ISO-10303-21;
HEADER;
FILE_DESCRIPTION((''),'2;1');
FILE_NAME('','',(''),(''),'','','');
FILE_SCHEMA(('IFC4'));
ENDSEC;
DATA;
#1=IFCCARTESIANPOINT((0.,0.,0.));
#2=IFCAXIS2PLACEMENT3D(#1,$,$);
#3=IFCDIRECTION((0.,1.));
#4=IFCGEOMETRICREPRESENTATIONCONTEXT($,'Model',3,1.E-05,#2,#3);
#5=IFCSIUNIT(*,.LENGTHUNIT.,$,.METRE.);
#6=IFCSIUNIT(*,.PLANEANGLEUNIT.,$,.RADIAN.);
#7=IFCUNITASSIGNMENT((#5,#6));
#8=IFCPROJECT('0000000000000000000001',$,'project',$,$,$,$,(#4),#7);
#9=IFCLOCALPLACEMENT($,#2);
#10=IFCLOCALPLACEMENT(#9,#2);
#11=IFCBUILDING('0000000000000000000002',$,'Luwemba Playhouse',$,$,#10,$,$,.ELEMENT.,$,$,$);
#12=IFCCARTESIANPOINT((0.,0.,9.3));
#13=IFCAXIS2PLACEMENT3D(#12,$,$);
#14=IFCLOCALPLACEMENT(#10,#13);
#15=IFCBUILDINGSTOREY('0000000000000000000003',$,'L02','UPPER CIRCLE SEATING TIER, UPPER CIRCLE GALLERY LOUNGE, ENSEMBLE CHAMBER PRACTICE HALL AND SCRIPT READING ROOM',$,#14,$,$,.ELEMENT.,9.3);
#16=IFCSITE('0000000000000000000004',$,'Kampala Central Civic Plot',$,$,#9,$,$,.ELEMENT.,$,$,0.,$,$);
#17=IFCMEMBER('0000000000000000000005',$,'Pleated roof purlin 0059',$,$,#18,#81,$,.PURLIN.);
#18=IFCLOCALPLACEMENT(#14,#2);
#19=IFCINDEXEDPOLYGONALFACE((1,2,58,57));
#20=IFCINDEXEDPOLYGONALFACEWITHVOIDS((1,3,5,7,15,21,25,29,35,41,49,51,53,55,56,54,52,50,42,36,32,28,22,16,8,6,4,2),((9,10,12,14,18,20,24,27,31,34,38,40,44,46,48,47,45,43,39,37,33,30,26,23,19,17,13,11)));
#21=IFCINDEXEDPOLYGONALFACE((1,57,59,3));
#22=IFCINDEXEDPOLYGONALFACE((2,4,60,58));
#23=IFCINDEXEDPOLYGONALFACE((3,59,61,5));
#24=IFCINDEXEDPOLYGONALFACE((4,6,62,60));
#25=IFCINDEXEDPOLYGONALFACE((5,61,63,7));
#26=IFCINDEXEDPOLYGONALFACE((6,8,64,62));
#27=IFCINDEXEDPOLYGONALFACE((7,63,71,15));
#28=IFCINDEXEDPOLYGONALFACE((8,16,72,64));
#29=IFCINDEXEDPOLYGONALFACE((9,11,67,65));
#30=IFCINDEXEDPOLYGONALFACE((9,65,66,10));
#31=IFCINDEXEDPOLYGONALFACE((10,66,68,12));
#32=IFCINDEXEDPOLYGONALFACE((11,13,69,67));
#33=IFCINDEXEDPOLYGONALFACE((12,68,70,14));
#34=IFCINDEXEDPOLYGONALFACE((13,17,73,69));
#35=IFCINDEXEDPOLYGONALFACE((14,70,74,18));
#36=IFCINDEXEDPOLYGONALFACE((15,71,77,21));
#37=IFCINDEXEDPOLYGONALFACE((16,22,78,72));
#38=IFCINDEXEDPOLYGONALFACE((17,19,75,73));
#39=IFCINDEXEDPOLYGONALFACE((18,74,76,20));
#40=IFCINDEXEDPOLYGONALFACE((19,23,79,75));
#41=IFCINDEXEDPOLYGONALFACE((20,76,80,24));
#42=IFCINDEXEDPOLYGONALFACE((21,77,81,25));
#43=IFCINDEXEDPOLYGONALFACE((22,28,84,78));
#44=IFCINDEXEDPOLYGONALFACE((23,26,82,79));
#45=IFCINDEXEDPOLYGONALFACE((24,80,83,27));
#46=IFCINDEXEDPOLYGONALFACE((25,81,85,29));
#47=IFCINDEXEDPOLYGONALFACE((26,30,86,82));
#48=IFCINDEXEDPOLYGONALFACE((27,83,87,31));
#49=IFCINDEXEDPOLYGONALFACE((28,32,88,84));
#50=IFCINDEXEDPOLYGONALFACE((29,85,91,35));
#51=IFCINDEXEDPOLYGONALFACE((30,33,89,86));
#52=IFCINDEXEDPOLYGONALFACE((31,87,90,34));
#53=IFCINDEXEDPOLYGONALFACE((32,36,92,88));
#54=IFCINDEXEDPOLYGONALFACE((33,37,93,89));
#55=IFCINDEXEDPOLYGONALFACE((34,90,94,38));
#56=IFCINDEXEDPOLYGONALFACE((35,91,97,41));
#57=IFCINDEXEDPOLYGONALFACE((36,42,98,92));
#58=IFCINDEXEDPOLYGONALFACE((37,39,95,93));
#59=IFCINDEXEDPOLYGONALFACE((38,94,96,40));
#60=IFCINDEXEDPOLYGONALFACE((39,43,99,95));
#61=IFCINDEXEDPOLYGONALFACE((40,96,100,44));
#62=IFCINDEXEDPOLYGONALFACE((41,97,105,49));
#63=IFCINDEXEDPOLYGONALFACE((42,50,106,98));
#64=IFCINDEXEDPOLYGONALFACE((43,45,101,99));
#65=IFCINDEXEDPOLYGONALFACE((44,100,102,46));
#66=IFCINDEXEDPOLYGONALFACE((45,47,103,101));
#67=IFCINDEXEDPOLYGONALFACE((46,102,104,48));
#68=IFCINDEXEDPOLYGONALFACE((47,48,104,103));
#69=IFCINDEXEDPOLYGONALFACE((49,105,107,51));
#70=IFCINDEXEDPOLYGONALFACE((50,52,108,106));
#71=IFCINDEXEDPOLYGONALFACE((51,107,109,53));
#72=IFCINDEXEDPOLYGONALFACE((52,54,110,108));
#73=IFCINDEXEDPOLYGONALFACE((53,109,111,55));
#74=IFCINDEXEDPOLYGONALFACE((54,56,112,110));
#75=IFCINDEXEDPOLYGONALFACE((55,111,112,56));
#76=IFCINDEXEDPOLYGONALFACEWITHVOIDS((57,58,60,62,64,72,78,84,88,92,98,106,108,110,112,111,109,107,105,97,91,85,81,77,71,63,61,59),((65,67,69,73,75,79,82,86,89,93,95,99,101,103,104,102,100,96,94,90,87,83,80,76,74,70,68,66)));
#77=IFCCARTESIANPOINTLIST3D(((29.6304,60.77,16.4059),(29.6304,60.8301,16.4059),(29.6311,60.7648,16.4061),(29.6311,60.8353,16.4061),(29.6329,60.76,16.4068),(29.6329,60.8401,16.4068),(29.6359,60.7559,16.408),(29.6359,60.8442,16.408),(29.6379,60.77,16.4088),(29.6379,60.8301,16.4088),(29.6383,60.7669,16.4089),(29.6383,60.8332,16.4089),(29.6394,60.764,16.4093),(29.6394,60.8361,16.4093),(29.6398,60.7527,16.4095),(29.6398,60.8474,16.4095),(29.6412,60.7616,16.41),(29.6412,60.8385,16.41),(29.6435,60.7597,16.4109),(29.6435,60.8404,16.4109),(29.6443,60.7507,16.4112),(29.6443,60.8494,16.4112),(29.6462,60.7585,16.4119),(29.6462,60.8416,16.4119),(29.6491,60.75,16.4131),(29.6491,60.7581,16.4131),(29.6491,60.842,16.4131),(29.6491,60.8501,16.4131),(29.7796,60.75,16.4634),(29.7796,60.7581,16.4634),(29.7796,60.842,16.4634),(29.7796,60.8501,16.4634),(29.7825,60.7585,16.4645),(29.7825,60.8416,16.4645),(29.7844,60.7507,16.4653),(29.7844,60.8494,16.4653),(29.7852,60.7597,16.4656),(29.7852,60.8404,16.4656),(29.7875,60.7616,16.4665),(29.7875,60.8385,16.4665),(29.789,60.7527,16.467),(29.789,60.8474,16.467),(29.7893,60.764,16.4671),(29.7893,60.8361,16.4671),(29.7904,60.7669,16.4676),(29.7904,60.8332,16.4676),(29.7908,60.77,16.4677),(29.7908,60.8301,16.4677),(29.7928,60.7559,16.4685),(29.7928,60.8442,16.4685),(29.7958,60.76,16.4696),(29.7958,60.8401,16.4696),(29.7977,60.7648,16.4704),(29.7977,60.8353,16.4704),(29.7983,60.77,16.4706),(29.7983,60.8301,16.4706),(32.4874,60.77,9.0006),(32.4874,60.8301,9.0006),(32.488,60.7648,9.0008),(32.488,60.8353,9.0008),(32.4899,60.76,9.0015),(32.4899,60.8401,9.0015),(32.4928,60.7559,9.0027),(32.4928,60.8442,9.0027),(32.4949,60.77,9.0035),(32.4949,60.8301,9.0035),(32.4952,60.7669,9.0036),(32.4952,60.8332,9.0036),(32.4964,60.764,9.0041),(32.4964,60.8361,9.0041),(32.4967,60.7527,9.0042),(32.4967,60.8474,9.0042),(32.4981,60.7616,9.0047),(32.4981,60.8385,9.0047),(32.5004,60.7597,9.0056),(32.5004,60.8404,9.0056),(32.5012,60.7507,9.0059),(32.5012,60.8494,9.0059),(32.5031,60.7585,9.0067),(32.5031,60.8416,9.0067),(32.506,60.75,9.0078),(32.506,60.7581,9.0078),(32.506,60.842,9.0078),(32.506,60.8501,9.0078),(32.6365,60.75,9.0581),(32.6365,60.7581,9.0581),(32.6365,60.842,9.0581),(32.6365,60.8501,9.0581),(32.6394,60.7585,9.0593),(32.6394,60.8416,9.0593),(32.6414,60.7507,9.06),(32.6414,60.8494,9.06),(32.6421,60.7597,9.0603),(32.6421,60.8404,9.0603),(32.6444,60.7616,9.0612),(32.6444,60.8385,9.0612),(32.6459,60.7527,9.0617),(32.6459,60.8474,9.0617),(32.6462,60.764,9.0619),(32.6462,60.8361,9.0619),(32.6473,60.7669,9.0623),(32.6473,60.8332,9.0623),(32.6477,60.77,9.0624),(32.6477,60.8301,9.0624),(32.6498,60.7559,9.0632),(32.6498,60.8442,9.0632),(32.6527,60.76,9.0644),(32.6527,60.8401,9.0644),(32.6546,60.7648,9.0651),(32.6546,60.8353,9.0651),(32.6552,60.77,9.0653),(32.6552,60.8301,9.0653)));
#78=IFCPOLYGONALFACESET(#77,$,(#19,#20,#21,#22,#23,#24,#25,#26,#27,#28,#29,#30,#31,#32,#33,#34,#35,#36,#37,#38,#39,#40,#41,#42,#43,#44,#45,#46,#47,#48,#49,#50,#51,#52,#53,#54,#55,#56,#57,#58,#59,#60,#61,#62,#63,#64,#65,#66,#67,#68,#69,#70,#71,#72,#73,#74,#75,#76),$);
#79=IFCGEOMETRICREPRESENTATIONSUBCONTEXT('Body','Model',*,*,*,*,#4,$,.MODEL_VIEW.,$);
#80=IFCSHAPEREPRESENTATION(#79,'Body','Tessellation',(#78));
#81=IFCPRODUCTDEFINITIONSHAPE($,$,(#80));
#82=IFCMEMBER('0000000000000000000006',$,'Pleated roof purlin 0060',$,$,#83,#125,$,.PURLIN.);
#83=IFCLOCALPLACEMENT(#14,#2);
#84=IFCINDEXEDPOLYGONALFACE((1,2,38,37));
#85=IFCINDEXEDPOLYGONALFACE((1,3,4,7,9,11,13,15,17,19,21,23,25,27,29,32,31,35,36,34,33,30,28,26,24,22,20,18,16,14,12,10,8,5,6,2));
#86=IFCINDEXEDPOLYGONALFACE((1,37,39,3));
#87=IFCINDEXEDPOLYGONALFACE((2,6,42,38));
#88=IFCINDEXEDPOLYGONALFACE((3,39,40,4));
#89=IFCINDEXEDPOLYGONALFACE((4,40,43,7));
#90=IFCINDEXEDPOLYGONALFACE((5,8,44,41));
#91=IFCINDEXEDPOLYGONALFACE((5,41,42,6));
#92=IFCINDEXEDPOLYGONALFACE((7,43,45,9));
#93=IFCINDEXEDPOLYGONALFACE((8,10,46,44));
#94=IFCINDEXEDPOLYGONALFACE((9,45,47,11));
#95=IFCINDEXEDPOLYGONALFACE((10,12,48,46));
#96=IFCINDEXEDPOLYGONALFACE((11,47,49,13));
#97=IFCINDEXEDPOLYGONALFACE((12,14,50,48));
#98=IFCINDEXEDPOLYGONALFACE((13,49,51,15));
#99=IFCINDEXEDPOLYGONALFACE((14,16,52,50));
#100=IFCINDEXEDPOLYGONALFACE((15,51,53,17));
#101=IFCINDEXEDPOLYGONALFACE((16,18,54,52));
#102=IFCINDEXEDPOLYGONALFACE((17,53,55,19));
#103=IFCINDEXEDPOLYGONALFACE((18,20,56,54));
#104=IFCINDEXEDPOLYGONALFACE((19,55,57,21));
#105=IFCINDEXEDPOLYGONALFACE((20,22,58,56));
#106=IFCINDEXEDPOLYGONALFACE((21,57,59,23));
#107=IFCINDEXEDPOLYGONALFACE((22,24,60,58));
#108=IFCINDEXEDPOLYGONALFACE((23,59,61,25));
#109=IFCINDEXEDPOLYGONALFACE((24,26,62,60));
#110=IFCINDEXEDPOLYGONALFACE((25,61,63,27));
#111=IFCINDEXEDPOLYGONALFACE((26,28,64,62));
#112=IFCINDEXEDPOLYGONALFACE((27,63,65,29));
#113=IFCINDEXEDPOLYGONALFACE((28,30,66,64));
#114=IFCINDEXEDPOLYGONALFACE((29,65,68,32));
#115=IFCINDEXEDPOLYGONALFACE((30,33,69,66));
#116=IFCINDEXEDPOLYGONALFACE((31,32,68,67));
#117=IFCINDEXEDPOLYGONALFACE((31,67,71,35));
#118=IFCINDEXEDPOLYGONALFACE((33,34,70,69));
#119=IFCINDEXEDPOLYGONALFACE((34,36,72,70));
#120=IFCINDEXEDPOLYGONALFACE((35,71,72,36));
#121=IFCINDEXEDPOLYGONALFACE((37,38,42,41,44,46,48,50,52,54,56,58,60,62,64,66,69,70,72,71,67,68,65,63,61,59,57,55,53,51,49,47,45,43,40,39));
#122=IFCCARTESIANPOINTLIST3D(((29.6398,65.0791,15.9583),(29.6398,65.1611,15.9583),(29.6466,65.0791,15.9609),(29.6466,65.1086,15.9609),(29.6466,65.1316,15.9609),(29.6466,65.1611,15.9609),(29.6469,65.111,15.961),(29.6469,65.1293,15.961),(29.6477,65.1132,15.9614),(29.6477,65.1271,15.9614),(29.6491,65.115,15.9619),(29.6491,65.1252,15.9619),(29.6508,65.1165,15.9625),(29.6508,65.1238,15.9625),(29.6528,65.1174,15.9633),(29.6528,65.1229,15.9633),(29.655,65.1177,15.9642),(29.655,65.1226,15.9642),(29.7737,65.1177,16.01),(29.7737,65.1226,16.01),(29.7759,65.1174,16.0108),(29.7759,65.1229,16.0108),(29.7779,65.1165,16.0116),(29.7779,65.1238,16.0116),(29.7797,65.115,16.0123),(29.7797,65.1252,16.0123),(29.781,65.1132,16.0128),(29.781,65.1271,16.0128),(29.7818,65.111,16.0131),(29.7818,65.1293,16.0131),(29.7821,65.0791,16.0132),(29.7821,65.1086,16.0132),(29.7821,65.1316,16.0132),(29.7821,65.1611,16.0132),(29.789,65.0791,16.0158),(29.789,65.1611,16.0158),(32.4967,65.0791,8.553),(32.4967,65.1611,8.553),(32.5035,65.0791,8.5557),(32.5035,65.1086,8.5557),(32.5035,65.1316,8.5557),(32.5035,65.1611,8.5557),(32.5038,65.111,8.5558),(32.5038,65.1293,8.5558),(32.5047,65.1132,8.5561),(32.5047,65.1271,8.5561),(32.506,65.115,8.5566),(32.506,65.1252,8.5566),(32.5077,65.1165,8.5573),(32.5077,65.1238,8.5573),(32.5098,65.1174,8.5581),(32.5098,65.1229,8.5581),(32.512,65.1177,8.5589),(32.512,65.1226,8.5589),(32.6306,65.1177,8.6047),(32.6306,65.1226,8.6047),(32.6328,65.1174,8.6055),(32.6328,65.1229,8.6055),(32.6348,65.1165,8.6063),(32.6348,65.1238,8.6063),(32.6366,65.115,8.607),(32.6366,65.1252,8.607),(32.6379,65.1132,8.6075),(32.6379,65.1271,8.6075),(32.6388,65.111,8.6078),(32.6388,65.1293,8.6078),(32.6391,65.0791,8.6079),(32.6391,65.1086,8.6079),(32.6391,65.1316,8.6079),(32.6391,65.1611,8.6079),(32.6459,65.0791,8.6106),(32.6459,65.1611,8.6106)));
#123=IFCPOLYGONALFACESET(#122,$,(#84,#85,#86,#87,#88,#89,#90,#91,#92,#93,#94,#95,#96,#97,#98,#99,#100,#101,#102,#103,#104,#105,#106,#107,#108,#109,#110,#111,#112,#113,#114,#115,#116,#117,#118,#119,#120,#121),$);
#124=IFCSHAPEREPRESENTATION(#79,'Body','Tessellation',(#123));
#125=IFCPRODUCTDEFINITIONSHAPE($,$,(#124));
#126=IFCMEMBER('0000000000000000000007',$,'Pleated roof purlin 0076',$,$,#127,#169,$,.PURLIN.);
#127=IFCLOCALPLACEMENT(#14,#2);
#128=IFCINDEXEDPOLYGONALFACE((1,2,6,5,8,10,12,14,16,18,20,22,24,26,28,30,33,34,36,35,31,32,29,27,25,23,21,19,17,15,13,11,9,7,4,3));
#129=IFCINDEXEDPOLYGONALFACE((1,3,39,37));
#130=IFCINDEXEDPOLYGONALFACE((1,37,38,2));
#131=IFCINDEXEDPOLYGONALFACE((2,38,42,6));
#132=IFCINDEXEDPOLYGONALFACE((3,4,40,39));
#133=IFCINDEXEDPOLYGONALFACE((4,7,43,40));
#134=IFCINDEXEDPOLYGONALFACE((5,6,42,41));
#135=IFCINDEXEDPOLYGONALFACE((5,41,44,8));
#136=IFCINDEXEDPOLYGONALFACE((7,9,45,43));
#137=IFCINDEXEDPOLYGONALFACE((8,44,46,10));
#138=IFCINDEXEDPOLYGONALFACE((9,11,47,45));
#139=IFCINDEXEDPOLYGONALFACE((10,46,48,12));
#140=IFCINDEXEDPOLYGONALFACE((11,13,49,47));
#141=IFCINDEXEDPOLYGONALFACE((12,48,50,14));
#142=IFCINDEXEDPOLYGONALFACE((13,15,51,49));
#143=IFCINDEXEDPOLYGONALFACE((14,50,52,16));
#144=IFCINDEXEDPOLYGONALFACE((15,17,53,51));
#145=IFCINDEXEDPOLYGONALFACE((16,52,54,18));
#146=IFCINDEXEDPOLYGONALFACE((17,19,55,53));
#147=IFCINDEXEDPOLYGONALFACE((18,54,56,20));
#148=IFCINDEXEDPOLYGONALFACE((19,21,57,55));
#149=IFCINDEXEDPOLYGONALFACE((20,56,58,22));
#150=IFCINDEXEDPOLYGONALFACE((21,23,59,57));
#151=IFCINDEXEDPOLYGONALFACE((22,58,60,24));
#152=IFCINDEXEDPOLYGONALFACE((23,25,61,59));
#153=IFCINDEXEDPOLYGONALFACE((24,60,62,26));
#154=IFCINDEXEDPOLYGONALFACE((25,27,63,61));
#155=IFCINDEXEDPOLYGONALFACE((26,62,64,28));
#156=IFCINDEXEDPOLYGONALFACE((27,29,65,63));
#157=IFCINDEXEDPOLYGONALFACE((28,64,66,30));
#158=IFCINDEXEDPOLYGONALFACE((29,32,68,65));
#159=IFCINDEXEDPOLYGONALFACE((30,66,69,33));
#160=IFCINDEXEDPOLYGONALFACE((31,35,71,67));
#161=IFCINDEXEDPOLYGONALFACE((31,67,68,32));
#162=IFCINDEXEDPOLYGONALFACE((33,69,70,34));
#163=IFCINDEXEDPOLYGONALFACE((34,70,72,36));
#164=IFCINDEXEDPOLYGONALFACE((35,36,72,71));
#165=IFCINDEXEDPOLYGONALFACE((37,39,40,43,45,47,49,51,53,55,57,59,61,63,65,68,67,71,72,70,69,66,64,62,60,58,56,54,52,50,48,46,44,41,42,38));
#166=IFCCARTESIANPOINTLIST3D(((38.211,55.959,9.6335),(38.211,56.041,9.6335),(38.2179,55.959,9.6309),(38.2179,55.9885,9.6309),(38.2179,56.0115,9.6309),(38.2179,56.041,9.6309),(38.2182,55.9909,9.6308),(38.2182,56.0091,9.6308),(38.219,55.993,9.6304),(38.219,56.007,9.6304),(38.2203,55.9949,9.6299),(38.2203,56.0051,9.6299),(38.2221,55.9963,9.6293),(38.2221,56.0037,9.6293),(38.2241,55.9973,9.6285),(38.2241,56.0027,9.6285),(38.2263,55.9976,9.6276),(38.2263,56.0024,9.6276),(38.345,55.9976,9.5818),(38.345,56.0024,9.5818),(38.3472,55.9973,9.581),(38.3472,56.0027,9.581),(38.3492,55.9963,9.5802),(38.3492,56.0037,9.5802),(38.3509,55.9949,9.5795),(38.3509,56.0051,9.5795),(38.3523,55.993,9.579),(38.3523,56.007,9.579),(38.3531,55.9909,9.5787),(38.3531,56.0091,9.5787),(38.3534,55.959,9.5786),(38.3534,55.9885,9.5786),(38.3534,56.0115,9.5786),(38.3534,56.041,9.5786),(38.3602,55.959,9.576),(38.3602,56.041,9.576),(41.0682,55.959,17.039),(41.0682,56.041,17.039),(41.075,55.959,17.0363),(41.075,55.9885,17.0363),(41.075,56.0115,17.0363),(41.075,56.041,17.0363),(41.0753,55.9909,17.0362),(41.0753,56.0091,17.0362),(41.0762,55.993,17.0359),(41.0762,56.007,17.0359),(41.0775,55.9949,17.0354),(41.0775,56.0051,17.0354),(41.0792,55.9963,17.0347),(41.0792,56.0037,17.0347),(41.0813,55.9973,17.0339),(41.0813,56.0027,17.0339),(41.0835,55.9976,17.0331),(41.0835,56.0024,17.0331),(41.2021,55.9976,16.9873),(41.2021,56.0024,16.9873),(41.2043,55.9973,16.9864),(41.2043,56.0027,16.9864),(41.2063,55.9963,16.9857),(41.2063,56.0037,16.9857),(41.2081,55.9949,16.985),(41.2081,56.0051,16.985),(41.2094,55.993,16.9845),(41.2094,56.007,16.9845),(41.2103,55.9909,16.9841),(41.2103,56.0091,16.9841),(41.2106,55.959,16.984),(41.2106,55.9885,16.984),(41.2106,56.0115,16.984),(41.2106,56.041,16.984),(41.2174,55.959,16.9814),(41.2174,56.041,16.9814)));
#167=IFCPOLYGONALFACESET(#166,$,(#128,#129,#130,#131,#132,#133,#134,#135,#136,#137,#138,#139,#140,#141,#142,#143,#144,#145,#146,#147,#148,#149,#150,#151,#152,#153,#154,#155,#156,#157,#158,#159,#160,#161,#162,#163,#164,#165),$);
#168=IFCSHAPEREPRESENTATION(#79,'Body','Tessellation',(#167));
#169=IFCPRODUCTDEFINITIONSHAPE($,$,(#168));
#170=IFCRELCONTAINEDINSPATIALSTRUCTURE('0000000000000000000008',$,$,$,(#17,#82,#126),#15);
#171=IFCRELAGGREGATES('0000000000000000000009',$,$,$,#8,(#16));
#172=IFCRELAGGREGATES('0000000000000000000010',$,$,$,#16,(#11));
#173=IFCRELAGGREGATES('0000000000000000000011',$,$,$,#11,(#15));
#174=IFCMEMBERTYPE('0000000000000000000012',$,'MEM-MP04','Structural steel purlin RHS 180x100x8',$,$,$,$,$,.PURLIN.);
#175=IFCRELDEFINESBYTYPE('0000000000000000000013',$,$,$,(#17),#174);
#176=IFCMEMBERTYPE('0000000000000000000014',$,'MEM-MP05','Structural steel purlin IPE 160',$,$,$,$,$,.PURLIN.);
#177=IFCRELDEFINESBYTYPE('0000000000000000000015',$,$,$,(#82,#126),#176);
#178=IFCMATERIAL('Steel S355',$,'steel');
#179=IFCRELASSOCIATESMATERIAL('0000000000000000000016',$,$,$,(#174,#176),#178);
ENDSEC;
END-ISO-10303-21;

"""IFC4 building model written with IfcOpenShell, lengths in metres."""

from ifc_helpers import new_model, si_unit, direction, frame, origin, origin_2d, place, context, subcontext, project, spatial, hollow_rectangle, i_section, extrude, material, material_profile, profile_set, type_object, element, save


model = new_model("IFC4")

# Units and contexts
model_context = context("Model", 3, precision=1e-05, world=origin(), true_north=direction((0.0, 1.0)))
body_context = subcontext(model_context, "Body", "Model", "MODEL_VIEW")
ifc_project = project(units=[si_unit("LENGTHUNIT", "METRE"), si_unit("PLANEANGLEUNIT", "RADIAN")], contexts=[model_context])

# Site, building, storey
site_placement = place(None, origin())
site = spatial("IfcSite", under=ifc_project, at=site_placement, Name="Kampala Central Civic Plot", CompositionType="ELEMENT", RefElevation=0.0)
building_placement = place(site_placement, origin())
building = spatial("IfcBuilding", under=site, at=building_placement, Name="Luwemba Playhouse", CompositionType="ELEMENT")
storey_placement = place(building_placement, frame((0.0, 0.0, 9.3)))
storey = spatial("IfcBuildingStorey", under=building, at=storey_placement, Name="L02", Description="UPPER CIRCLE SEATING TIER, UPPER CIRCLE GALLERY LOUNGE, ENSEMBLE CHAMBER PRACTICE HALL AND SCRIPT READING ROOM", CompositionType="ELEMENT", Elevation=9.3)

# Shared definitions
ifc_material_1 = material(Name="Steel S355", Category="steel")

# Members
ifc_material_profile_1 = material_profile(ifc_material_1, hollow_rectangle(XDim=0.1001, YDim=0.1799, WallThickness=0.0081, InnerFilletRadius=0.012, OuterFilletRadius=0.02, at=origin_2d()))
ifc_profile_set_1 = profile_set([ifc_material_profile_1], Name="Steel S355")
member_type_1 = type_object("IfcMemberType", Name="MEM-MP04", Description="Structural steel purlin RHS 180x100x8", PredefinedType="PURLIN", material=ifc_profile_set_1)
member_1_placement = place(storey_placement, frame((29.7144, 60.8, 16.4382), z_axis=(0.359939, 0.0, -0.932976), x_axis=(0.0, 1.0, 0.0)))
element("IfcMember", 1, at=member_1_placement, inside=storey, type_object=member_type_1, Name="Pleated roof purlin 0059", PredefinedType="PURLIN", context=body_context, shape_type="SweptSolid", body=[
    extrude(hollow_rectangle(XDim=0.1001, YDim=0.1799, WallThickness=0.0081, InnerFilletRadius=0.012, OuterFilletRadius=0.02, at=origin_2d()), origin(), (0.0, 0.0, 1.0), 7.9373),
])
ifc_material_profile_2 = material_profile(ifc_material_1, i_section(OverallWidth=0.082, OverallDepth=0.1599, WebThickness=0.0049, FlangeThickness=0.0073, FilletRadius=0.009, at=origin_2d()))
ifc_profile_set_2 = profile_set([ifc_material_profile_2], Name="Steel S355")
member_type_2 = type_object("IfcMemberType", Name="MEM-MP05", Description="Structural steel purlin IPE 160", PredefinedType="PURLIN", material=ifc_profile_set_2)
member_2_placement = place(storey_placement, frame((29.7144, 65.1201, 15.9871), z_axis=(0.359939, 0.0, -0.932976), x_axis=(0.0, 1.0, 0.0)))
element("IfcMember", 2, at=member_2_placement, inside=storey, type_object=member_type_2, Name="Pleated roof purlin 0060", PredefinedType="PURLIN", context=body_context, shape_type="SweptSolid", body=[
    extrude(i_section(OverallWidth=0.082, OverallDepth=0.1599, WebThickness=0.0049, FlangeThickness=0.0073, FilletRadius=0.009, at=origin_2d()), origin(), (0.0, 0.0, 1.0), 7.9373),
])
member_3_placement = place(storey_placement, frame((38.2856, 56.0, 9.6047), z_axis=(0.359956, 0.0, 0.932969), x_axis=(0.0, 1.0, 0.0)))
element("IfcMember", 3, at=member_3_placement, inside=storey, type_object=member_type_2, Name="Pleated roof purlin 0076", PredefinedType="PURLIN", context=body_context, shape_type="SweptSolid", body=[
    extrude(i_section(OverallWidth=0.082, OverallDepth=0.1599, WebThickness=0.0049, FlangeThickness=0.0073, FilletRadius=0.009, at=origin_2d()), origin(), (0.0, 0.0, 1.0), 7.9375),
])

save(model, "model.ifc")
